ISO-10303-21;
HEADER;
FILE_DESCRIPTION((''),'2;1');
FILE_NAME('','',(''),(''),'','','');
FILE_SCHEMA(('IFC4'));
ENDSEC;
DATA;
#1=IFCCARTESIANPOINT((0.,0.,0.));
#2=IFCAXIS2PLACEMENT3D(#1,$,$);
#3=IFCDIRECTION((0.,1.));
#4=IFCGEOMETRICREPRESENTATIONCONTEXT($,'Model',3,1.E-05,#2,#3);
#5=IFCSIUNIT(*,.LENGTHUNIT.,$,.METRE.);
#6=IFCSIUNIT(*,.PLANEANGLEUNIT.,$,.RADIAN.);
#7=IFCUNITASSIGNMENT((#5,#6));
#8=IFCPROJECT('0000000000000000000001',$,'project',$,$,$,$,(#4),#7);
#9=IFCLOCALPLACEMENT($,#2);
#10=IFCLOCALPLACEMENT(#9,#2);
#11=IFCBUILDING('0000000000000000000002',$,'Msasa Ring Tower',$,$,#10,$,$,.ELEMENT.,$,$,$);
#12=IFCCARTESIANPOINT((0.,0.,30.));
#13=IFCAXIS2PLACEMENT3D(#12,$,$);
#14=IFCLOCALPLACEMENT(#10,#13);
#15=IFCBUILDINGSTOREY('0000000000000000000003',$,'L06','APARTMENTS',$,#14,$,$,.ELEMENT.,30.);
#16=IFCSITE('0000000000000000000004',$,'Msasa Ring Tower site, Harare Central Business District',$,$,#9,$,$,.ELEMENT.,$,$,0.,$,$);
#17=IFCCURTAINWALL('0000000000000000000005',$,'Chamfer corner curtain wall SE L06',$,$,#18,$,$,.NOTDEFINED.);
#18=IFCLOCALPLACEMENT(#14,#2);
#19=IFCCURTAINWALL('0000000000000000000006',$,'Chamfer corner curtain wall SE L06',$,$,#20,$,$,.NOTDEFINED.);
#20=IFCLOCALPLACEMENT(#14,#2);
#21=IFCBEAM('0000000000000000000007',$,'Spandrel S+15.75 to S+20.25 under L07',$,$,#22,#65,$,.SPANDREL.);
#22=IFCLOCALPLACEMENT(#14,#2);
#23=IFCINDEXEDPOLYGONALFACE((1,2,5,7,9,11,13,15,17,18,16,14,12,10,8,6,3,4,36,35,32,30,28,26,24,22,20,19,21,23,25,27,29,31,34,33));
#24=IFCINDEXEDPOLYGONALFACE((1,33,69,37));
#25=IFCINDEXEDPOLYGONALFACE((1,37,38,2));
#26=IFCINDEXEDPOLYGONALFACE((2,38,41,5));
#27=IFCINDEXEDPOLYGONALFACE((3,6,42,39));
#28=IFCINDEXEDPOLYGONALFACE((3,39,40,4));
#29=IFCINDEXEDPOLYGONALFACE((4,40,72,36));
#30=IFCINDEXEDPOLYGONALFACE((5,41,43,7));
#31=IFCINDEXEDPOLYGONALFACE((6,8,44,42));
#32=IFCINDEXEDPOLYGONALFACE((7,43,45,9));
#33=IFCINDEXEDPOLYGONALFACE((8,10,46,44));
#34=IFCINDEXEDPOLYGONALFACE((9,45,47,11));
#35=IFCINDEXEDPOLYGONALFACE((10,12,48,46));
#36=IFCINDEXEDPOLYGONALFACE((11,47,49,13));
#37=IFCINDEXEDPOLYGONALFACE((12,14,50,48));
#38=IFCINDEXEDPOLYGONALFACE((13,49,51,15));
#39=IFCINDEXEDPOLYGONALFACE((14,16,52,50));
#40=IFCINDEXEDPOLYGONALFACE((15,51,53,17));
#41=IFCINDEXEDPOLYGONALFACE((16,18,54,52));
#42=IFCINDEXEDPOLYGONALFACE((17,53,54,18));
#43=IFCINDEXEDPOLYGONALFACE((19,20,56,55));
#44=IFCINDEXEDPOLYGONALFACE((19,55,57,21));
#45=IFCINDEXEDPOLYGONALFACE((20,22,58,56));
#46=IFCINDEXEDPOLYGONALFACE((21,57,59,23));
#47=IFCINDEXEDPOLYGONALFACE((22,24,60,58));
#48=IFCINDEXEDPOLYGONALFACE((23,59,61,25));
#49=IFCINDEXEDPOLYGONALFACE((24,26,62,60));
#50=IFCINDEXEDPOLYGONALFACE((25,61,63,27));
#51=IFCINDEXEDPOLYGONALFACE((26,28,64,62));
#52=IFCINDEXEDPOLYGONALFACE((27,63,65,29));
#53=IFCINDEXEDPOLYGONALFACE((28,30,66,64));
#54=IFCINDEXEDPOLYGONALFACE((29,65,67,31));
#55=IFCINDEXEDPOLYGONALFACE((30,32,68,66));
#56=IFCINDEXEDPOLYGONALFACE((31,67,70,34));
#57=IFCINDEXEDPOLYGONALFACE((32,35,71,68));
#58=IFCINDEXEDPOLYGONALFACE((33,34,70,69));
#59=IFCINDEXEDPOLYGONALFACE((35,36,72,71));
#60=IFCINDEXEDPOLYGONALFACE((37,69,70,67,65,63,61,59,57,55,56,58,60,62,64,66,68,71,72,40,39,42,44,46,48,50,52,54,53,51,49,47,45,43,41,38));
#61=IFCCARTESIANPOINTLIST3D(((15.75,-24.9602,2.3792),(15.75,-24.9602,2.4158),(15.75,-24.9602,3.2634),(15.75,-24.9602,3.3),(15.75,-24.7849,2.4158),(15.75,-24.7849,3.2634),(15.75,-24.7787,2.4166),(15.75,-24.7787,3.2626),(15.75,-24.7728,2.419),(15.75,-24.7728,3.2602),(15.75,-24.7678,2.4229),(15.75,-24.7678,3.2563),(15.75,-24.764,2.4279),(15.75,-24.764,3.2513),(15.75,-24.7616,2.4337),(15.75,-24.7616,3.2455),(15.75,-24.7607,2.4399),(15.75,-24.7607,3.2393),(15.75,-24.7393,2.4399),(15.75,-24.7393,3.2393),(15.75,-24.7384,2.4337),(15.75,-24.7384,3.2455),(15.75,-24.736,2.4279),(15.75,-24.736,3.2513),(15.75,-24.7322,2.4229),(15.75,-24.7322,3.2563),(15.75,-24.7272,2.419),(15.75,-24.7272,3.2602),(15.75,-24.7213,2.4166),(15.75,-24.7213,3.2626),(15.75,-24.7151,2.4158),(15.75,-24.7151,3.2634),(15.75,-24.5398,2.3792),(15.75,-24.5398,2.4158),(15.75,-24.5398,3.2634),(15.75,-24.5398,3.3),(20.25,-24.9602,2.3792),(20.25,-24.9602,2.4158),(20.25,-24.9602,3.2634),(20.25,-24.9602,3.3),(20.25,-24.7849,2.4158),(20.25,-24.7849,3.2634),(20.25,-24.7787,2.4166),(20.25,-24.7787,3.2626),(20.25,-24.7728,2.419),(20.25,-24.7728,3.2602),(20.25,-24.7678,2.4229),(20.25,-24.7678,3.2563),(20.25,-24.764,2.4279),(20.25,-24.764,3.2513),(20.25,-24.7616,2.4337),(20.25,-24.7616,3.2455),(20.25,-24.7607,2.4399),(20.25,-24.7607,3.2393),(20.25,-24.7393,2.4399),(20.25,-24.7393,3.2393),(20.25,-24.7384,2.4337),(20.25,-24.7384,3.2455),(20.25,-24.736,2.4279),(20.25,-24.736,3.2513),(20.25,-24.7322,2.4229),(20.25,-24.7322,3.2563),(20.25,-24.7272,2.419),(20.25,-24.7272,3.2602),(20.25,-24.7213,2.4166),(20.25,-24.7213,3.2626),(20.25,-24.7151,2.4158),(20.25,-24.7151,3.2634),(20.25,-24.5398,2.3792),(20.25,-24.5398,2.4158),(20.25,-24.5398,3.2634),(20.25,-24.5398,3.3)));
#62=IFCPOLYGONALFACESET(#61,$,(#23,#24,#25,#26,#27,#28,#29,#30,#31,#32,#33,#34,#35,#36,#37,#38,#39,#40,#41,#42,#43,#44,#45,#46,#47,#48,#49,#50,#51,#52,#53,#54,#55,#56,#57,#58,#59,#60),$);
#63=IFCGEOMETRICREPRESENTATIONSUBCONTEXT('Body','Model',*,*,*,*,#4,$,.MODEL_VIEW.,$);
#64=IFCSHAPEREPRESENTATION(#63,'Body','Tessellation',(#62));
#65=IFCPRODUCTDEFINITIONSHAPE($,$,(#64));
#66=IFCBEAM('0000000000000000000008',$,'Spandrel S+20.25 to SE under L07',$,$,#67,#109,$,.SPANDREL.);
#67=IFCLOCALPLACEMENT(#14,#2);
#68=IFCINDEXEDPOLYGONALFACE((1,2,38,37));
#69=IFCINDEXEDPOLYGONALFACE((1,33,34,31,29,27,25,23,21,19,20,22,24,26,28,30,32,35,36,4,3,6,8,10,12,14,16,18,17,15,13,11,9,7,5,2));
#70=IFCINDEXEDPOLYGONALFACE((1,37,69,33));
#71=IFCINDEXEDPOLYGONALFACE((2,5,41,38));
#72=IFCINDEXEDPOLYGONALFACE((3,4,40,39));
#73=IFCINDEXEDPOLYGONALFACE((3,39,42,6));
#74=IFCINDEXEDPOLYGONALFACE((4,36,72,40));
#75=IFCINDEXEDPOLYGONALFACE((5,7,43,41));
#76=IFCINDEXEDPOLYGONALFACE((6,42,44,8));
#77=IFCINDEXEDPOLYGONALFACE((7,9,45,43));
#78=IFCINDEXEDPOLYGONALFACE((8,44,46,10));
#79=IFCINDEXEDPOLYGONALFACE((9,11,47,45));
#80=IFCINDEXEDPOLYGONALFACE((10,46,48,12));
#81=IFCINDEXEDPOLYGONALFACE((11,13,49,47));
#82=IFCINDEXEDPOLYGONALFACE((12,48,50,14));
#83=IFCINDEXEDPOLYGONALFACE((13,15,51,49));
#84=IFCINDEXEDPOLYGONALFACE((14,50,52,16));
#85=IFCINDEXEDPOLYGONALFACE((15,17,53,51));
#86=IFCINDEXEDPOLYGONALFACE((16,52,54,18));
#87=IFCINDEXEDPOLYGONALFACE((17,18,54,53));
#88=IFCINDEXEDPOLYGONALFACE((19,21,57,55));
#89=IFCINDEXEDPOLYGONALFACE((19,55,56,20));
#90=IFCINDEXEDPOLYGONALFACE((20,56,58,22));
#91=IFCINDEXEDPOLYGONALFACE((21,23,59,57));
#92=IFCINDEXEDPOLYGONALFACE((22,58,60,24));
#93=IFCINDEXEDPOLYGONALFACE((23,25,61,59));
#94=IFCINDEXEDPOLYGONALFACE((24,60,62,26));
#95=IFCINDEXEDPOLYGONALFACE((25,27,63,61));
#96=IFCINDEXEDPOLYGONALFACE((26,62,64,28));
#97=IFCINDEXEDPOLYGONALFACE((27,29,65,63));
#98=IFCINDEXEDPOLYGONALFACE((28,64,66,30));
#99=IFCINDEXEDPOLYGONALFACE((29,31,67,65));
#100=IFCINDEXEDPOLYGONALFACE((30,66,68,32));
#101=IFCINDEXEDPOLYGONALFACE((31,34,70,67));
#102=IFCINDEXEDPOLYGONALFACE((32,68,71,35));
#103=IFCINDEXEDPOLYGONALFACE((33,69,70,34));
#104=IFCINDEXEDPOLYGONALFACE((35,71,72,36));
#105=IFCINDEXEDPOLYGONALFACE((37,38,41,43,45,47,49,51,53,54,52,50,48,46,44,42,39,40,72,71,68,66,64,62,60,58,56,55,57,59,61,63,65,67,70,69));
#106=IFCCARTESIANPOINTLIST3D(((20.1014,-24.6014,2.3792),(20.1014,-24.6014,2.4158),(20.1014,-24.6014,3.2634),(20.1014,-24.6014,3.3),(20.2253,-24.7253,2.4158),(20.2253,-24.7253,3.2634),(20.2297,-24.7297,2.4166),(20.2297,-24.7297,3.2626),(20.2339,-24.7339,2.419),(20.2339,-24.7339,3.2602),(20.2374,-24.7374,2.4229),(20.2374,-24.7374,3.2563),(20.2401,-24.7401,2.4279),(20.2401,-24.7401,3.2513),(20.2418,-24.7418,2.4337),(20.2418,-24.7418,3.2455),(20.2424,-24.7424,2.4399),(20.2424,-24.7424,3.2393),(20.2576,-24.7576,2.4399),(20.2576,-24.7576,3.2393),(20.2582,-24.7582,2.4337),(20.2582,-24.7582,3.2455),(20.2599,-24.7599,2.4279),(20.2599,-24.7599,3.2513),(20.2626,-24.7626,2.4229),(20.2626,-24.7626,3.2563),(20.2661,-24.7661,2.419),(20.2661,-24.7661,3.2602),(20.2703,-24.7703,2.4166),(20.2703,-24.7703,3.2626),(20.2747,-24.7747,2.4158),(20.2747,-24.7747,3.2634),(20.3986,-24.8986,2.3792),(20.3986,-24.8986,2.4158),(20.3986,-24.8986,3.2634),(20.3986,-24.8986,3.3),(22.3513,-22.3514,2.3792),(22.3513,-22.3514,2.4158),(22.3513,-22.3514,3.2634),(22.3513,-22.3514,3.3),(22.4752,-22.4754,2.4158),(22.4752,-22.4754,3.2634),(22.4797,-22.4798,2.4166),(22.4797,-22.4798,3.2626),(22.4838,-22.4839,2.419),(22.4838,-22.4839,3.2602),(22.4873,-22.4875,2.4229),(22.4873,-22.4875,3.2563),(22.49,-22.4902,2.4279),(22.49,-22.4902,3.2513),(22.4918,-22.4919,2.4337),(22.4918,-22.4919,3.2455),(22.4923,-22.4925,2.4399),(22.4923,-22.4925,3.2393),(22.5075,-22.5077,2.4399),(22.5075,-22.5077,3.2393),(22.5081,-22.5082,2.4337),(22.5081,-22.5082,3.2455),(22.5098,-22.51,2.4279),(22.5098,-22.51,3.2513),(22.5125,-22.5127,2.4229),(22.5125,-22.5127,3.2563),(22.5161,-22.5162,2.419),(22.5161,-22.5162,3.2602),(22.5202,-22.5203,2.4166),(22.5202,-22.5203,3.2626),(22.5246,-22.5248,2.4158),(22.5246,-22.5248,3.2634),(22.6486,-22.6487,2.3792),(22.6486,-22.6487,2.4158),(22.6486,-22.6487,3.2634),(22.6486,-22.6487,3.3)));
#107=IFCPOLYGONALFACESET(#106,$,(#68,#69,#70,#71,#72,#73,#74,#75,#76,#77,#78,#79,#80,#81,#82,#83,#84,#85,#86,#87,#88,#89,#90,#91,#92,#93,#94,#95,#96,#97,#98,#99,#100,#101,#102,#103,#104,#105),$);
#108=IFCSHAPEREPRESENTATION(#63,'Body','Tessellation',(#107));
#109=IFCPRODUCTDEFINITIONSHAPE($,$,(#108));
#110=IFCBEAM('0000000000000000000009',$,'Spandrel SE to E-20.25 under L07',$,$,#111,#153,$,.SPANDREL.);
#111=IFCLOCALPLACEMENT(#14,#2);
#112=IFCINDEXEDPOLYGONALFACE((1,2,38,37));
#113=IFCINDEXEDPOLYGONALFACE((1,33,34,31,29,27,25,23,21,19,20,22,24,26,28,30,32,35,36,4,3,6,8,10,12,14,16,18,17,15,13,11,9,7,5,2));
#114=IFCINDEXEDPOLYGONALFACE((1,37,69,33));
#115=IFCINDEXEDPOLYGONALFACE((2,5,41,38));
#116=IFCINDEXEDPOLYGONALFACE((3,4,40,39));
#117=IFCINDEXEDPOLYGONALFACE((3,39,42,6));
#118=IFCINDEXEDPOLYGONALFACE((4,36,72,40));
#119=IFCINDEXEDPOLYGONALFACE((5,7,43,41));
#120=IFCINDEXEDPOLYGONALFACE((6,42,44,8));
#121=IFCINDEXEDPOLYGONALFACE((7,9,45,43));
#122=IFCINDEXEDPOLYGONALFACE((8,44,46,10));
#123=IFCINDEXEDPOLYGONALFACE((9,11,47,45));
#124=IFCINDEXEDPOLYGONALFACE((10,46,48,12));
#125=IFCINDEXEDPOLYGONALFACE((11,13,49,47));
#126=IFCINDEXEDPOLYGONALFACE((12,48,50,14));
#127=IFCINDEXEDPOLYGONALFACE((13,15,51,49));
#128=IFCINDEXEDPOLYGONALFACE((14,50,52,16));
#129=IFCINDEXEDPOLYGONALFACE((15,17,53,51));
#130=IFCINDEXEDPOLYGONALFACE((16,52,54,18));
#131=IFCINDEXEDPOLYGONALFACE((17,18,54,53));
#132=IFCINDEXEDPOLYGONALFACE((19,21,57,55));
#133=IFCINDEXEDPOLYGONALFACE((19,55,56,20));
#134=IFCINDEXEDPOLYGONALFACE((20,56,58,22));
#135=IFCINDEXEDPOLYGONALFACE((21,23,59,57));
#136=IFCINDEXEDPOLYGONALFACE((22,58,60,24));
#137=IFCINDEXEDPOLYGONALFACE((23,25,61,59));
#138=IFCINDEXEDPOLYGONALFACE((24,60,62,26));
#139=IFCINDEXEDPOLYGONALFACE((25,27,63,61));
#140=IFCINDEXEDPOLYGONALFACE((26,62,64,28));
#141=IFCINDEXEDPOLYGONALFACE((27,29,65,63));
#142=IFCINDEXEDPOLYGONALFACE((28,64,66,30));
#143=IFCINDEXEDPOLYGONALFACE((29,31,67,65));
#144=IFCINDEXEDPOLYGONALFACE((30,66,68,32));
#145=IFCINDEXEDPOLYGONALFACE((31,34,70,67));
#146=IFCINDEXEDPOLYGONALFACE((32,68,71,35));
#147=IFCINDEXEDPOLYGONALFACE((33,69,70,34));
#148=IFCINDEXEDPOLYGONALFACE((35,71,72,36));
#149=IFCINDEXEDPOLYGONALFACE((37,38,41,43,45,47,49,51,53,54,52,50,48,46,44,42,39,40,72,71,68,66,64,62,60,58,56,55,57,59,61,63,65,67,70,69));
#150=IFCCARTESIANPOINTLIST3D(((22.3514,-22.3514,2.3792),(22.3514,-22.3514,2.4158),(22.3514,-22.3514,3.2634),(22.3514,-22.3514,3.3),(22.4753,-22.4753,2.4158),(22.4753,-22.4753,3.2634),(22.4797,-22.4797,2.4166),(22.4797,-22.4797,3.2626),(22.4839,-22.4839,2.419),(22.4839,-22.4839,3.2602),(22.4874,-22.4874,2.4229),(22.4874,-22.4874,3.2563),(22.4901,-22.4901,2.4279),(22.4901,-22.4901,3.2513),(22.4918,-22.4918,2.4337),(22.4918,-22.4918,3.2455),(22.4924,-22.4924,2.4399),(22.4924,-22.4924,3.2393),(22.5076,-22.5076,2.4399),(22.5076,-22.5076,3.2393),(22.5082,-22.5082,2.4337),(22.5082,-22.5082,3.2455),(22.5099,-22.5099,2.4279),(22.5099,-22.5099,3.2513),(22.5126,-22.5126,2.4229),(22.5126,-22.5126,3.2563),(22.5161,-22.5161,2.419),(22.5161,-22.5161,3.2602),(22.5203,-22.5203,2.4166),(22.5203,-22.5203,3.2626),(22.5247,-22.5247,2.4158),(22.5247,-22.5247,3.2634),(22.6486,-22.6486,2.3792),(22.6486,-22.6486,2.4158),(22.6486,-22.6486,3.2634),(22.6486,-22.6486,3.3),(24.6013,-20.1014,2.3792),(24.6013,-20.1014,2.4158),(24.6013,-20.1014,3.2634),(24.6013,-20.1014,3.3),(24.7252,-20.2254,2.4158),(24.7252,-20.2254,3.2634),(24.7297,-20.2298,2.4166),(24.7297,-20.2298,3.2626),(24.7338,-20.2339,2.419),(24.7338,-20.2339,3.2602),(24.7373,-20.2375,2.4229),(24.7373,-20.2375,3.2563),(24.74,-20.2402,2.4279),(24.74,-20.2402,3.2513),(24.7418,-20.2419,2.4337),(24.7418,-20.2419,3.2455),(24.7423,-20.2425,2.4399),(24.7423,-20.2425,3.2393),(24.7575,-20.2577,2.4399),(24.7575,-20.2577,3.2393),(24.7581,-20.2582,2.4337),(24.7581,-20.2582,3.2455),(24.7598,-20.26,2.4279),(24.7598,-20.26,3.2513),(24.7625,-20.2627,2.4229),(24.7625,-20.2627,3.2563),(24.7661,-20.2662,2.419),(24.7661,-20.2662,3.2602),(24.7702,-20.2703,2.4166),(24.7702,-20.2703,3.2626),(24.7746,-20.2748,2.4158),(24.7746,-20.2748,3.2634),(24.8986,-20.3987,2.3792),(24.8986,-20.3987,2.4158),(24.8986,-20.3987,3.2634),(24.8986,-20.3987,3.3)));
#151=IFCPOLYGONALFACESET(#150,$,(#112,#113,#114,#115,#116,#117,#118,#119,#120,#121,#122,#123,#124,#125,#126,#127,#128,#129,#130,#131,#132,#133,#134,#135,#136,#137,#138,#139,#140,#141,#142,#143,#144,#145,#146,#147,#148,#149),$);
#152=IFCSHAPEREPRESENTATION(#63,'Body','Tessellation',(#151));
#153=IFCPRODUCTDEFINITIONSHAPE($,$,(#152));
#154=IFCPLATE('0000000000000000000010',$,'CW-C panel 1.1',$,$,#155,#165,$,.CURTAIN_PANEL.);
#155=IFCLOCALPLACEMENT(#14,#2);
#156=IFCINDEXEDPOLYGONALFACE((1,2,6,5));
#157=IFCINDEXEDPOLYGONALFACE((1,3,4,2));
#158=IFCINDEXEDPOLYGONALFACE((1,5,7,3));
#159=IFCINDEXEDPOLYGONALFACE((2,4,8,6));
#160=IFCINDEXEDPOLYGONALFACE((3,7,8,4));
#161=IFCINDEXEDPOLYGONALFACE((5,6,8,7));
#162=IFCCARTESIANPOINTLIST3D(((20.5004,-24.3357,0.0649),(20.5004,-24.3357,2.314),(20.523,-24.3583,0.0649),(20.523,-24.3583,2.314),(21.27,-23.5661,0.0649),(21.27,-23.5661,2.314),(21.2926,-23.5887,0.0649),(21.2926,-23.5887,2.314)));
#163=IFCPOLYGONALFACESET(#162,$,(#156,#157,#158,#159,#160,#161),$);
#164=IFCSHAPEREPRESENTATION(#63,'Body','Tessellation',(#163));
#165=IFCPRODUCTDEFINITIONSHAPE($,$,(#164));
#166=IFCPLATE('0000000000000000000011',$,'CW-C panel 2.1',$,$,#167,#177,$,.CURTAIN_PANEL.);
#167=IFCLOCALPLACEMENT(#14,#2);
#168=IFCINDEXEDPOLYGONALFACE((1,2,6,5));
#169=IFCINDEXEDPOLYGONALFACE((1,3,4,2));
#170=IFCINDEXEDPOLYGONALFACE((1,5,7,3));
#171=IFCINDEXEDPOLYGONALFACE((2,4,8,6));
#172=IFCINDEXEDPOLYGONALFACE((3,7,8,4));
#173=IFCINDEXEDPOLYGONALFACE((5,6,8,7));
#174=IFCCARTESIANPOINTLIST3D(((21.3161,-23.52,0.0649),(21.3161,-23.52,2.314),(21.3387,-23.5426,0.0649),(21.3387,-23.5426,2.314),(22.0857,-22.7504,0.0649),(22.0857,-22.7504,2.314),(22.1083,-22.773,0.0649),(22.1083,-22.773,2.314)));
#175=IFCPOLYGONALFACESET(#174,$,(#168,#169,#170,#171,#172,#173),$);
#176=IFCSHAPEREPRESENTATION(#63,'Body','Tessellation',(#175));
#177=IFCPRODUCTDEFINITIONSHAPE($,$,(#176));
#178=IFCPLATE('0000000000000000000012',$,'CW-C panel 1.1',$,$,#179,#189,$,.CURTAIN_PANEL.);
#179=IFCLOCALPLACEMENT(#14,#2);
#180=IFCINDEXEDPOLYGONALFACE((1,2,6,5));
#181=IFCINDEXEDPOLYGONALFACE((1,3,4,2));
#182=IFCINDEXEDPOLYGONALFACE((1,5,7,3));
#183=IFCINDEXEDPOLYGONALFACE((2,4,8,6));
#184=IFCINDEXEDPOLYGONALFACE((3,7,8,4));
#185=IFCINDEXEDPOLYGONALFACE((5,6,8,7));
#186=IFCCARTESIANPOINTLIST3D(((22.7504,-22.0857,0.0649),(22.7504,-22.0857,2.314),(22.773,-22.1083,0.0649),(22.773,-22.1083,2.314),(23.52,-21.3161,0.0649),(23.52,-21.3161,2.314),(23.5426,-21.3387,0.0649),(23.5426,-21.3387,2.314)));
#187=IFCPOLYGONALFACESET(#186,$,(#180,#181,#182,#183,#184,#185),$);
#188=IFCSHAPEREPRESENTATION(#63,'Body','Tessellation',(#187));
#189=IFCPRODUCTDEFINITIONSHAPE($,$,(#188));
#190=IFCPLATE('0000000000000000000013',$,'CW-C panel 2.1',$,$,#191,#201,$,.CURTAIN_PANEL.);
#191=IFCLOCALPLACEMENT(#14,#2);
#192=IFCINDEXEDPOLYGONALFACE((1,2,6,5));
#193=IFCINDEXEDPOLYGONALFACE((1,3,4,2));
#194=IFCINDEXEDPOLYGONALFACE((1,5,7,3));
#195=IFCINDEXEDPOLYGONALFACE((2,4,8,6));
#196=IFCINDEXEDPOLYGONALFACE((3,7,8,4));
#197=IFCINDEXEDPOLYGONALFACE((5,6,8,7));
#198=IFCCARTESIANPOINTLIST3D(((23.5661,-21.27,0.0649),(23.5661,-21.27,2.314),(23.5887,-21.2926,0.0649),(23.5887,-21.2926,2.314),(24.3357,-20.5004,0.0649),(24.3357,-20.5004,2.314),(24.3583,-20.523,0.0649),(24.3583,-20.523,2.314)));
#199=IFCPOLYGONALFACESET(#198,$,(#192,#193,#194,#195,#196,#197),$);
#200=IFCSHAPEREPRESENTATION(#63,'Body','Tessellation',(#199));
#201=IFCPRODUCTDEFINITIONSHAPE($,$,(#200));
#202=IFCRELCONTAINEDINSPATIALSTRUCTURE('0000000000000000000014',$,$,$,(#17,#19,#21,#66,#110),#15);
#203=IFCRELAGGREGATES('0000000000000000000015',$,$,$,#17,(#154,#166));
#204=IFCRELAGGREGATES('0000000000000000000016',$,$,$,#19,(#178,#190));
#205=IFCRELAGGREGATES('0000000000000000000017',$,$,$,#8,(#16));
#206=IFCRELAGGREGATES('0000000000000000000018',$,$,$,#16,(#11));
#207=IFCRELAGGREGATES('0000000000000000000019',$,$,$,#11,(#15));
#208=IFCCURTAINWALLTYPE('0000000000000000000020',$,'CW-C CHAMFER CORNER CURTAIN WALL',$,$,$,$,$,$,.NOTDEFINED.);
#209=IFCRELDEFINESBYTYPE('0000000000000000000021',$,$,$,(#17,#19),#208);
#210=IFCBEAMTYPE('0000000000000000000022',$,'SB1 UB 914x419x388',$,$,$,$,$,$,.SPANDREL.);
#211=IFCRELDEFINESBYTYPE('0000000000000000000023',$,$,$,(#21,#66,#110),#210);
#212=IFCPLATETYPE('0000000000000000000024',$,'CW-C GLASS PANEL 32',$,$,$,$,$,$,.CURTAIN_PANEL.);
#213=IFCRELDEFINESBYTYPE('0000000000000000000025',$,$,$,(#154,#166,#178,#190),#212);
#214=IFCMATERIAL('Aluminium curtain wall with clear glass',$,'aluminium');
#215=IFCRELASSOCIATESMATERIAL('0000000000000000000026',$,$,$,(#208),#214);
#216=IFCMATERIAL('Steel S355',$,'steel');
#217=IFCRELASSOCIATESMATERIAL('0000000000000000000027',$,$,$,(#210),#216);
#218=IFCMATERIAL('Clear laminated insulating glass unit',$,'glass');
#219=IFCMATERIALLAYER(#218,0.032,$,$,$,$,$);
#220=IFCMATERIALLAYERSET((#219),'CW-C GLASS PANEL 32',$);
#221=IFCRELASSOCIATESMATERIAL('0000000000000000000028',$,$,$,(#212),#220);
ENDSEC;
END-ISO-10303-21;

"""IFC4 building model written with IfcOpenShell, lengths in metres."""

from ifc_helpers import new_model, si_unit, direction, frame, origin, origin_2d, place, context, subcontext, project, spatial, rectangle, i_section, extrude, material, layer, layer_set, material_profile, profile_set, type_object, element, aggregate, save


model = new_model("IFC4")

# Units and contexts
model_context = context("Model", 3, precision=1e-05, world=origin(), true_north=direction((0.0, 1.0)))
body_context = subcontext(model_context, "Body", "Model", "MODEL_VIEW")
ifc_project = project(units=[si_unit("LENGTHUNIT", "METRE"), si_unit("PLANEANGLEUNIT", "RADIAN")], contexts=[model_context])

# Site, building, storey
site_placement = place(None, origin())
site = spatial("IfcSite", under=ifc_project, at=site_placement, Name="Msasa Ring Tower site, Harare Central Business District", CompositionType="ELEMENT", RefElevation=0.0)
building_placement = place(site_placement, origin())
building = spatial("IfcBuilding", under=site, at=building_placement, Name="Msasa Ring Tower", CompositionType="ELEMENT")
storey_placement = place(building_placement, frame((0.0, 0.0, 30.0)))
storey = spatial("IfcBuildingStorey", under=building, at=storey_placement, Name="L06", Description="APARTMENTS", CompositionType="ELEMENT", Elevation=30.0)

# Curtain walls
ifc_material_1 = material(Name="Aluminium curtain wall with clear glass", Category="aluminium")
curtain_wall_type = type_object("IfcCurtainWallType", Name="CW-C CHAMFER CORNER CURTAIN WALL", PredefinedType="NOTDEFINED", material=ifc_material_1)
curtain_wall_1_placement = place(storey_placement, origin())
curtain_wall_1 = element("IfcCurtainWall", 1, at=curtain_wall_1_placement, inside=storey, type_object=curtain_wall_type, Name="Chamfer corner curtain wall SE L06", PredefinedType="NOTDEFINED")
curtain_wall_2_placement = place(storey_placement, origin())
curtain_wall_2 = element("IfcCurtainWall", 2, at=curtain_wall_2_placement, inside=storey, type_object=curtain_wall_type, Name="Chamfer corner curtain wall SE L06", PredefinedType="NOTDEFINED")

# Beams
ifc_material_2 = material(Name="Steel S355", Category="steel")
ifc_material_profile_1 = material_profile(ifc_material_2, i_section(OverallWidth=0.4204, OverallDepth=0.9209, WebThickness=0.0215, FlangeThickness=0.0366, FilletRadius=0.0242, at=origin_2d()), Name="UB 914x419x388")
ifc_profile_set_1 = profile_set([ifc_material_profile_1], Name="Steel S355")
beam_type_1 = type_object("IfcBeamType", Name="SB1 UB 914x419x388", PredefinedType="SPANDREL", material=ifc_profile_set_1)
beam_1_placement = place(storey_placement, frame((15.75, -24.75, 2.8396), z_axis=(1.0, 0.0, 0.0), x_axis=(0.0, 1.0, 0.0)))
element("IfcBeam", 3, at=beam_1_placement, inside=storey, type_object=beam_type_1, Name="Spandrel S+15.75 to S+20.25 under L07", PredefinedType="SPANDREL", context=body_context, shape_type="SweptSolid", body=[
    extrude(i_section(OverallWidth=0.4204, OverallDepth=0.9209, WebThickness=0.0215, FlangeThickness=0.0366, FilletRadius=0.0242, at=origin_2d()), origin(), (0.0, 0.0, 1.0), 4.5),
])
for number, where, z_axis, x_axis, name in (
    (4, (20.25, -24.75, 2.8396), (0.707107, 0.707107, 0.0), (-0.707107, 0.707107, 0.0), "Spandrel S+20.25 to SE under L07"),
    (5, (22.5, -22.5, 2.8396), (0.707107, 0.707107, 0.0), (-0.707107, 0.707107, 0.0), "Spandrel SE to E-20.25 under L07"),
):
    element("IfcBeam", number, at=place(storey_placement, frame(where, z_axis=z_axis, x_axis=x_axis)), inside=storey, type_object=beam_type_1, Name=name, PredefinedType="SPANDREL", context=body_context, shape_type="SweptSolid", body=[
        extrude(i_section(OverallWidth=0.4204, OverallDepth=0.9209, WebThickness=0.0215, FlangeThickness=0.0366, FilletRadius=0.0242, at=origin_2d()), origin(), (0.0, 0.0, 1.0), 3.1819),
    ])

# Plates
ifc_material_3 = material(Name="Clear laminated insulating glass unit", Category="glass")
ifc_layer_1 = layer(ifc_material_3, 0.032)
ifc_layer_set_1 = layer_set([ifc_layer_1], Name="CW-C GLASS PANEL 32")
plate_type = type_object("IfcPlateType", Name="CW-C GLASS PANEL 32", PredefinedType="CURTAIN_PANEL", material=ifc_layer_set_1)
plate_1_placement = place(storey_placement, frame((20.8965, -23.9622, 0.0649), z_axis=(0.0, 0.0, 1.0), x_axis=(0.707107, 0.707107, 0.0)))
plate_1 = element("IfcPlate", 6, at=plate_1_placement, type_object=plate_type, Name="CW-C panel 1.1", PredefinedType="CURTAIN_PANEL", context=body_context, shape_type="SweptSolid", body=[
    extrude(rectangle(XDim=1.0884, YDim=0.032, at=origin_2d()), origin(), (0.0, 0.0, 1.0), 2.249),
])
plate_2_placement = place(storey_placement, frame((21.7122, -23.1465, 0.0649), z_axis=(0.0, 0.0, 1.0), x_axis=(0.707107, 0.707107, 0.0)))
plate_2 = element("IfcPlate", 7, at=plate_2_placement, type_object=plate_type, Name="CW-C panel 2.1", PredefinedType="CURTAIN_PANEL", context=body_context, shape_type="SweptSolid", body=[
    extrude(rectangle(XDim=1.0884, YDim=0.032, at=origin_2d()), origin(), (0.0, 0.0, 1.0), 2.249),
])
aggregate(curtain_wall_1, [plate_1, plate_2])
plate_3_placement = place(storey_placement, frame((23.1465, -21.7122, 0.0649), z_axis=(0.0, 0.0, 1.0), x_axis=(0.707107, 0.707107, 0.0)))
plate_3 = element("IfcPlate", 8, at=plate_3_placement, type_object=plate_type, Name="CW-C panel 1.1", PredefinedType="CURTAIN_PANEL", context=body_context, shape_type="SweptSolid", body=[
    extrude(rectangle(XDim=1.0884, YDim=0.032, at=origin_2d()), origin(), (0.0, 0.0, 1.0), 2.249),
])
plate_4_placement = place(storey_placement, frame((23.9622, -20.8965, 0.0649), z_axis=(0.0, 0.0, 1.0), x_axis=(0.707107, 0.707107, 0.0)))
plate_4 = element("IfcPlate", 9, at=plate_4_placement, type_object=plate_type, Name="CW-C panel 2.1", PredefinedType="CURTAIN_PANEL", context=body_context, shape_type="SweptSolid", body=[
    extrude(rectangle(XDim=1.0884, YDim=0.032, at=origin_2d()), origin(), (0.0, 0.0, 1.0), 2.249),
])
aggregate(curtain_wall_2, [plate_3, plate_4])

save(model, "model.ifc")
